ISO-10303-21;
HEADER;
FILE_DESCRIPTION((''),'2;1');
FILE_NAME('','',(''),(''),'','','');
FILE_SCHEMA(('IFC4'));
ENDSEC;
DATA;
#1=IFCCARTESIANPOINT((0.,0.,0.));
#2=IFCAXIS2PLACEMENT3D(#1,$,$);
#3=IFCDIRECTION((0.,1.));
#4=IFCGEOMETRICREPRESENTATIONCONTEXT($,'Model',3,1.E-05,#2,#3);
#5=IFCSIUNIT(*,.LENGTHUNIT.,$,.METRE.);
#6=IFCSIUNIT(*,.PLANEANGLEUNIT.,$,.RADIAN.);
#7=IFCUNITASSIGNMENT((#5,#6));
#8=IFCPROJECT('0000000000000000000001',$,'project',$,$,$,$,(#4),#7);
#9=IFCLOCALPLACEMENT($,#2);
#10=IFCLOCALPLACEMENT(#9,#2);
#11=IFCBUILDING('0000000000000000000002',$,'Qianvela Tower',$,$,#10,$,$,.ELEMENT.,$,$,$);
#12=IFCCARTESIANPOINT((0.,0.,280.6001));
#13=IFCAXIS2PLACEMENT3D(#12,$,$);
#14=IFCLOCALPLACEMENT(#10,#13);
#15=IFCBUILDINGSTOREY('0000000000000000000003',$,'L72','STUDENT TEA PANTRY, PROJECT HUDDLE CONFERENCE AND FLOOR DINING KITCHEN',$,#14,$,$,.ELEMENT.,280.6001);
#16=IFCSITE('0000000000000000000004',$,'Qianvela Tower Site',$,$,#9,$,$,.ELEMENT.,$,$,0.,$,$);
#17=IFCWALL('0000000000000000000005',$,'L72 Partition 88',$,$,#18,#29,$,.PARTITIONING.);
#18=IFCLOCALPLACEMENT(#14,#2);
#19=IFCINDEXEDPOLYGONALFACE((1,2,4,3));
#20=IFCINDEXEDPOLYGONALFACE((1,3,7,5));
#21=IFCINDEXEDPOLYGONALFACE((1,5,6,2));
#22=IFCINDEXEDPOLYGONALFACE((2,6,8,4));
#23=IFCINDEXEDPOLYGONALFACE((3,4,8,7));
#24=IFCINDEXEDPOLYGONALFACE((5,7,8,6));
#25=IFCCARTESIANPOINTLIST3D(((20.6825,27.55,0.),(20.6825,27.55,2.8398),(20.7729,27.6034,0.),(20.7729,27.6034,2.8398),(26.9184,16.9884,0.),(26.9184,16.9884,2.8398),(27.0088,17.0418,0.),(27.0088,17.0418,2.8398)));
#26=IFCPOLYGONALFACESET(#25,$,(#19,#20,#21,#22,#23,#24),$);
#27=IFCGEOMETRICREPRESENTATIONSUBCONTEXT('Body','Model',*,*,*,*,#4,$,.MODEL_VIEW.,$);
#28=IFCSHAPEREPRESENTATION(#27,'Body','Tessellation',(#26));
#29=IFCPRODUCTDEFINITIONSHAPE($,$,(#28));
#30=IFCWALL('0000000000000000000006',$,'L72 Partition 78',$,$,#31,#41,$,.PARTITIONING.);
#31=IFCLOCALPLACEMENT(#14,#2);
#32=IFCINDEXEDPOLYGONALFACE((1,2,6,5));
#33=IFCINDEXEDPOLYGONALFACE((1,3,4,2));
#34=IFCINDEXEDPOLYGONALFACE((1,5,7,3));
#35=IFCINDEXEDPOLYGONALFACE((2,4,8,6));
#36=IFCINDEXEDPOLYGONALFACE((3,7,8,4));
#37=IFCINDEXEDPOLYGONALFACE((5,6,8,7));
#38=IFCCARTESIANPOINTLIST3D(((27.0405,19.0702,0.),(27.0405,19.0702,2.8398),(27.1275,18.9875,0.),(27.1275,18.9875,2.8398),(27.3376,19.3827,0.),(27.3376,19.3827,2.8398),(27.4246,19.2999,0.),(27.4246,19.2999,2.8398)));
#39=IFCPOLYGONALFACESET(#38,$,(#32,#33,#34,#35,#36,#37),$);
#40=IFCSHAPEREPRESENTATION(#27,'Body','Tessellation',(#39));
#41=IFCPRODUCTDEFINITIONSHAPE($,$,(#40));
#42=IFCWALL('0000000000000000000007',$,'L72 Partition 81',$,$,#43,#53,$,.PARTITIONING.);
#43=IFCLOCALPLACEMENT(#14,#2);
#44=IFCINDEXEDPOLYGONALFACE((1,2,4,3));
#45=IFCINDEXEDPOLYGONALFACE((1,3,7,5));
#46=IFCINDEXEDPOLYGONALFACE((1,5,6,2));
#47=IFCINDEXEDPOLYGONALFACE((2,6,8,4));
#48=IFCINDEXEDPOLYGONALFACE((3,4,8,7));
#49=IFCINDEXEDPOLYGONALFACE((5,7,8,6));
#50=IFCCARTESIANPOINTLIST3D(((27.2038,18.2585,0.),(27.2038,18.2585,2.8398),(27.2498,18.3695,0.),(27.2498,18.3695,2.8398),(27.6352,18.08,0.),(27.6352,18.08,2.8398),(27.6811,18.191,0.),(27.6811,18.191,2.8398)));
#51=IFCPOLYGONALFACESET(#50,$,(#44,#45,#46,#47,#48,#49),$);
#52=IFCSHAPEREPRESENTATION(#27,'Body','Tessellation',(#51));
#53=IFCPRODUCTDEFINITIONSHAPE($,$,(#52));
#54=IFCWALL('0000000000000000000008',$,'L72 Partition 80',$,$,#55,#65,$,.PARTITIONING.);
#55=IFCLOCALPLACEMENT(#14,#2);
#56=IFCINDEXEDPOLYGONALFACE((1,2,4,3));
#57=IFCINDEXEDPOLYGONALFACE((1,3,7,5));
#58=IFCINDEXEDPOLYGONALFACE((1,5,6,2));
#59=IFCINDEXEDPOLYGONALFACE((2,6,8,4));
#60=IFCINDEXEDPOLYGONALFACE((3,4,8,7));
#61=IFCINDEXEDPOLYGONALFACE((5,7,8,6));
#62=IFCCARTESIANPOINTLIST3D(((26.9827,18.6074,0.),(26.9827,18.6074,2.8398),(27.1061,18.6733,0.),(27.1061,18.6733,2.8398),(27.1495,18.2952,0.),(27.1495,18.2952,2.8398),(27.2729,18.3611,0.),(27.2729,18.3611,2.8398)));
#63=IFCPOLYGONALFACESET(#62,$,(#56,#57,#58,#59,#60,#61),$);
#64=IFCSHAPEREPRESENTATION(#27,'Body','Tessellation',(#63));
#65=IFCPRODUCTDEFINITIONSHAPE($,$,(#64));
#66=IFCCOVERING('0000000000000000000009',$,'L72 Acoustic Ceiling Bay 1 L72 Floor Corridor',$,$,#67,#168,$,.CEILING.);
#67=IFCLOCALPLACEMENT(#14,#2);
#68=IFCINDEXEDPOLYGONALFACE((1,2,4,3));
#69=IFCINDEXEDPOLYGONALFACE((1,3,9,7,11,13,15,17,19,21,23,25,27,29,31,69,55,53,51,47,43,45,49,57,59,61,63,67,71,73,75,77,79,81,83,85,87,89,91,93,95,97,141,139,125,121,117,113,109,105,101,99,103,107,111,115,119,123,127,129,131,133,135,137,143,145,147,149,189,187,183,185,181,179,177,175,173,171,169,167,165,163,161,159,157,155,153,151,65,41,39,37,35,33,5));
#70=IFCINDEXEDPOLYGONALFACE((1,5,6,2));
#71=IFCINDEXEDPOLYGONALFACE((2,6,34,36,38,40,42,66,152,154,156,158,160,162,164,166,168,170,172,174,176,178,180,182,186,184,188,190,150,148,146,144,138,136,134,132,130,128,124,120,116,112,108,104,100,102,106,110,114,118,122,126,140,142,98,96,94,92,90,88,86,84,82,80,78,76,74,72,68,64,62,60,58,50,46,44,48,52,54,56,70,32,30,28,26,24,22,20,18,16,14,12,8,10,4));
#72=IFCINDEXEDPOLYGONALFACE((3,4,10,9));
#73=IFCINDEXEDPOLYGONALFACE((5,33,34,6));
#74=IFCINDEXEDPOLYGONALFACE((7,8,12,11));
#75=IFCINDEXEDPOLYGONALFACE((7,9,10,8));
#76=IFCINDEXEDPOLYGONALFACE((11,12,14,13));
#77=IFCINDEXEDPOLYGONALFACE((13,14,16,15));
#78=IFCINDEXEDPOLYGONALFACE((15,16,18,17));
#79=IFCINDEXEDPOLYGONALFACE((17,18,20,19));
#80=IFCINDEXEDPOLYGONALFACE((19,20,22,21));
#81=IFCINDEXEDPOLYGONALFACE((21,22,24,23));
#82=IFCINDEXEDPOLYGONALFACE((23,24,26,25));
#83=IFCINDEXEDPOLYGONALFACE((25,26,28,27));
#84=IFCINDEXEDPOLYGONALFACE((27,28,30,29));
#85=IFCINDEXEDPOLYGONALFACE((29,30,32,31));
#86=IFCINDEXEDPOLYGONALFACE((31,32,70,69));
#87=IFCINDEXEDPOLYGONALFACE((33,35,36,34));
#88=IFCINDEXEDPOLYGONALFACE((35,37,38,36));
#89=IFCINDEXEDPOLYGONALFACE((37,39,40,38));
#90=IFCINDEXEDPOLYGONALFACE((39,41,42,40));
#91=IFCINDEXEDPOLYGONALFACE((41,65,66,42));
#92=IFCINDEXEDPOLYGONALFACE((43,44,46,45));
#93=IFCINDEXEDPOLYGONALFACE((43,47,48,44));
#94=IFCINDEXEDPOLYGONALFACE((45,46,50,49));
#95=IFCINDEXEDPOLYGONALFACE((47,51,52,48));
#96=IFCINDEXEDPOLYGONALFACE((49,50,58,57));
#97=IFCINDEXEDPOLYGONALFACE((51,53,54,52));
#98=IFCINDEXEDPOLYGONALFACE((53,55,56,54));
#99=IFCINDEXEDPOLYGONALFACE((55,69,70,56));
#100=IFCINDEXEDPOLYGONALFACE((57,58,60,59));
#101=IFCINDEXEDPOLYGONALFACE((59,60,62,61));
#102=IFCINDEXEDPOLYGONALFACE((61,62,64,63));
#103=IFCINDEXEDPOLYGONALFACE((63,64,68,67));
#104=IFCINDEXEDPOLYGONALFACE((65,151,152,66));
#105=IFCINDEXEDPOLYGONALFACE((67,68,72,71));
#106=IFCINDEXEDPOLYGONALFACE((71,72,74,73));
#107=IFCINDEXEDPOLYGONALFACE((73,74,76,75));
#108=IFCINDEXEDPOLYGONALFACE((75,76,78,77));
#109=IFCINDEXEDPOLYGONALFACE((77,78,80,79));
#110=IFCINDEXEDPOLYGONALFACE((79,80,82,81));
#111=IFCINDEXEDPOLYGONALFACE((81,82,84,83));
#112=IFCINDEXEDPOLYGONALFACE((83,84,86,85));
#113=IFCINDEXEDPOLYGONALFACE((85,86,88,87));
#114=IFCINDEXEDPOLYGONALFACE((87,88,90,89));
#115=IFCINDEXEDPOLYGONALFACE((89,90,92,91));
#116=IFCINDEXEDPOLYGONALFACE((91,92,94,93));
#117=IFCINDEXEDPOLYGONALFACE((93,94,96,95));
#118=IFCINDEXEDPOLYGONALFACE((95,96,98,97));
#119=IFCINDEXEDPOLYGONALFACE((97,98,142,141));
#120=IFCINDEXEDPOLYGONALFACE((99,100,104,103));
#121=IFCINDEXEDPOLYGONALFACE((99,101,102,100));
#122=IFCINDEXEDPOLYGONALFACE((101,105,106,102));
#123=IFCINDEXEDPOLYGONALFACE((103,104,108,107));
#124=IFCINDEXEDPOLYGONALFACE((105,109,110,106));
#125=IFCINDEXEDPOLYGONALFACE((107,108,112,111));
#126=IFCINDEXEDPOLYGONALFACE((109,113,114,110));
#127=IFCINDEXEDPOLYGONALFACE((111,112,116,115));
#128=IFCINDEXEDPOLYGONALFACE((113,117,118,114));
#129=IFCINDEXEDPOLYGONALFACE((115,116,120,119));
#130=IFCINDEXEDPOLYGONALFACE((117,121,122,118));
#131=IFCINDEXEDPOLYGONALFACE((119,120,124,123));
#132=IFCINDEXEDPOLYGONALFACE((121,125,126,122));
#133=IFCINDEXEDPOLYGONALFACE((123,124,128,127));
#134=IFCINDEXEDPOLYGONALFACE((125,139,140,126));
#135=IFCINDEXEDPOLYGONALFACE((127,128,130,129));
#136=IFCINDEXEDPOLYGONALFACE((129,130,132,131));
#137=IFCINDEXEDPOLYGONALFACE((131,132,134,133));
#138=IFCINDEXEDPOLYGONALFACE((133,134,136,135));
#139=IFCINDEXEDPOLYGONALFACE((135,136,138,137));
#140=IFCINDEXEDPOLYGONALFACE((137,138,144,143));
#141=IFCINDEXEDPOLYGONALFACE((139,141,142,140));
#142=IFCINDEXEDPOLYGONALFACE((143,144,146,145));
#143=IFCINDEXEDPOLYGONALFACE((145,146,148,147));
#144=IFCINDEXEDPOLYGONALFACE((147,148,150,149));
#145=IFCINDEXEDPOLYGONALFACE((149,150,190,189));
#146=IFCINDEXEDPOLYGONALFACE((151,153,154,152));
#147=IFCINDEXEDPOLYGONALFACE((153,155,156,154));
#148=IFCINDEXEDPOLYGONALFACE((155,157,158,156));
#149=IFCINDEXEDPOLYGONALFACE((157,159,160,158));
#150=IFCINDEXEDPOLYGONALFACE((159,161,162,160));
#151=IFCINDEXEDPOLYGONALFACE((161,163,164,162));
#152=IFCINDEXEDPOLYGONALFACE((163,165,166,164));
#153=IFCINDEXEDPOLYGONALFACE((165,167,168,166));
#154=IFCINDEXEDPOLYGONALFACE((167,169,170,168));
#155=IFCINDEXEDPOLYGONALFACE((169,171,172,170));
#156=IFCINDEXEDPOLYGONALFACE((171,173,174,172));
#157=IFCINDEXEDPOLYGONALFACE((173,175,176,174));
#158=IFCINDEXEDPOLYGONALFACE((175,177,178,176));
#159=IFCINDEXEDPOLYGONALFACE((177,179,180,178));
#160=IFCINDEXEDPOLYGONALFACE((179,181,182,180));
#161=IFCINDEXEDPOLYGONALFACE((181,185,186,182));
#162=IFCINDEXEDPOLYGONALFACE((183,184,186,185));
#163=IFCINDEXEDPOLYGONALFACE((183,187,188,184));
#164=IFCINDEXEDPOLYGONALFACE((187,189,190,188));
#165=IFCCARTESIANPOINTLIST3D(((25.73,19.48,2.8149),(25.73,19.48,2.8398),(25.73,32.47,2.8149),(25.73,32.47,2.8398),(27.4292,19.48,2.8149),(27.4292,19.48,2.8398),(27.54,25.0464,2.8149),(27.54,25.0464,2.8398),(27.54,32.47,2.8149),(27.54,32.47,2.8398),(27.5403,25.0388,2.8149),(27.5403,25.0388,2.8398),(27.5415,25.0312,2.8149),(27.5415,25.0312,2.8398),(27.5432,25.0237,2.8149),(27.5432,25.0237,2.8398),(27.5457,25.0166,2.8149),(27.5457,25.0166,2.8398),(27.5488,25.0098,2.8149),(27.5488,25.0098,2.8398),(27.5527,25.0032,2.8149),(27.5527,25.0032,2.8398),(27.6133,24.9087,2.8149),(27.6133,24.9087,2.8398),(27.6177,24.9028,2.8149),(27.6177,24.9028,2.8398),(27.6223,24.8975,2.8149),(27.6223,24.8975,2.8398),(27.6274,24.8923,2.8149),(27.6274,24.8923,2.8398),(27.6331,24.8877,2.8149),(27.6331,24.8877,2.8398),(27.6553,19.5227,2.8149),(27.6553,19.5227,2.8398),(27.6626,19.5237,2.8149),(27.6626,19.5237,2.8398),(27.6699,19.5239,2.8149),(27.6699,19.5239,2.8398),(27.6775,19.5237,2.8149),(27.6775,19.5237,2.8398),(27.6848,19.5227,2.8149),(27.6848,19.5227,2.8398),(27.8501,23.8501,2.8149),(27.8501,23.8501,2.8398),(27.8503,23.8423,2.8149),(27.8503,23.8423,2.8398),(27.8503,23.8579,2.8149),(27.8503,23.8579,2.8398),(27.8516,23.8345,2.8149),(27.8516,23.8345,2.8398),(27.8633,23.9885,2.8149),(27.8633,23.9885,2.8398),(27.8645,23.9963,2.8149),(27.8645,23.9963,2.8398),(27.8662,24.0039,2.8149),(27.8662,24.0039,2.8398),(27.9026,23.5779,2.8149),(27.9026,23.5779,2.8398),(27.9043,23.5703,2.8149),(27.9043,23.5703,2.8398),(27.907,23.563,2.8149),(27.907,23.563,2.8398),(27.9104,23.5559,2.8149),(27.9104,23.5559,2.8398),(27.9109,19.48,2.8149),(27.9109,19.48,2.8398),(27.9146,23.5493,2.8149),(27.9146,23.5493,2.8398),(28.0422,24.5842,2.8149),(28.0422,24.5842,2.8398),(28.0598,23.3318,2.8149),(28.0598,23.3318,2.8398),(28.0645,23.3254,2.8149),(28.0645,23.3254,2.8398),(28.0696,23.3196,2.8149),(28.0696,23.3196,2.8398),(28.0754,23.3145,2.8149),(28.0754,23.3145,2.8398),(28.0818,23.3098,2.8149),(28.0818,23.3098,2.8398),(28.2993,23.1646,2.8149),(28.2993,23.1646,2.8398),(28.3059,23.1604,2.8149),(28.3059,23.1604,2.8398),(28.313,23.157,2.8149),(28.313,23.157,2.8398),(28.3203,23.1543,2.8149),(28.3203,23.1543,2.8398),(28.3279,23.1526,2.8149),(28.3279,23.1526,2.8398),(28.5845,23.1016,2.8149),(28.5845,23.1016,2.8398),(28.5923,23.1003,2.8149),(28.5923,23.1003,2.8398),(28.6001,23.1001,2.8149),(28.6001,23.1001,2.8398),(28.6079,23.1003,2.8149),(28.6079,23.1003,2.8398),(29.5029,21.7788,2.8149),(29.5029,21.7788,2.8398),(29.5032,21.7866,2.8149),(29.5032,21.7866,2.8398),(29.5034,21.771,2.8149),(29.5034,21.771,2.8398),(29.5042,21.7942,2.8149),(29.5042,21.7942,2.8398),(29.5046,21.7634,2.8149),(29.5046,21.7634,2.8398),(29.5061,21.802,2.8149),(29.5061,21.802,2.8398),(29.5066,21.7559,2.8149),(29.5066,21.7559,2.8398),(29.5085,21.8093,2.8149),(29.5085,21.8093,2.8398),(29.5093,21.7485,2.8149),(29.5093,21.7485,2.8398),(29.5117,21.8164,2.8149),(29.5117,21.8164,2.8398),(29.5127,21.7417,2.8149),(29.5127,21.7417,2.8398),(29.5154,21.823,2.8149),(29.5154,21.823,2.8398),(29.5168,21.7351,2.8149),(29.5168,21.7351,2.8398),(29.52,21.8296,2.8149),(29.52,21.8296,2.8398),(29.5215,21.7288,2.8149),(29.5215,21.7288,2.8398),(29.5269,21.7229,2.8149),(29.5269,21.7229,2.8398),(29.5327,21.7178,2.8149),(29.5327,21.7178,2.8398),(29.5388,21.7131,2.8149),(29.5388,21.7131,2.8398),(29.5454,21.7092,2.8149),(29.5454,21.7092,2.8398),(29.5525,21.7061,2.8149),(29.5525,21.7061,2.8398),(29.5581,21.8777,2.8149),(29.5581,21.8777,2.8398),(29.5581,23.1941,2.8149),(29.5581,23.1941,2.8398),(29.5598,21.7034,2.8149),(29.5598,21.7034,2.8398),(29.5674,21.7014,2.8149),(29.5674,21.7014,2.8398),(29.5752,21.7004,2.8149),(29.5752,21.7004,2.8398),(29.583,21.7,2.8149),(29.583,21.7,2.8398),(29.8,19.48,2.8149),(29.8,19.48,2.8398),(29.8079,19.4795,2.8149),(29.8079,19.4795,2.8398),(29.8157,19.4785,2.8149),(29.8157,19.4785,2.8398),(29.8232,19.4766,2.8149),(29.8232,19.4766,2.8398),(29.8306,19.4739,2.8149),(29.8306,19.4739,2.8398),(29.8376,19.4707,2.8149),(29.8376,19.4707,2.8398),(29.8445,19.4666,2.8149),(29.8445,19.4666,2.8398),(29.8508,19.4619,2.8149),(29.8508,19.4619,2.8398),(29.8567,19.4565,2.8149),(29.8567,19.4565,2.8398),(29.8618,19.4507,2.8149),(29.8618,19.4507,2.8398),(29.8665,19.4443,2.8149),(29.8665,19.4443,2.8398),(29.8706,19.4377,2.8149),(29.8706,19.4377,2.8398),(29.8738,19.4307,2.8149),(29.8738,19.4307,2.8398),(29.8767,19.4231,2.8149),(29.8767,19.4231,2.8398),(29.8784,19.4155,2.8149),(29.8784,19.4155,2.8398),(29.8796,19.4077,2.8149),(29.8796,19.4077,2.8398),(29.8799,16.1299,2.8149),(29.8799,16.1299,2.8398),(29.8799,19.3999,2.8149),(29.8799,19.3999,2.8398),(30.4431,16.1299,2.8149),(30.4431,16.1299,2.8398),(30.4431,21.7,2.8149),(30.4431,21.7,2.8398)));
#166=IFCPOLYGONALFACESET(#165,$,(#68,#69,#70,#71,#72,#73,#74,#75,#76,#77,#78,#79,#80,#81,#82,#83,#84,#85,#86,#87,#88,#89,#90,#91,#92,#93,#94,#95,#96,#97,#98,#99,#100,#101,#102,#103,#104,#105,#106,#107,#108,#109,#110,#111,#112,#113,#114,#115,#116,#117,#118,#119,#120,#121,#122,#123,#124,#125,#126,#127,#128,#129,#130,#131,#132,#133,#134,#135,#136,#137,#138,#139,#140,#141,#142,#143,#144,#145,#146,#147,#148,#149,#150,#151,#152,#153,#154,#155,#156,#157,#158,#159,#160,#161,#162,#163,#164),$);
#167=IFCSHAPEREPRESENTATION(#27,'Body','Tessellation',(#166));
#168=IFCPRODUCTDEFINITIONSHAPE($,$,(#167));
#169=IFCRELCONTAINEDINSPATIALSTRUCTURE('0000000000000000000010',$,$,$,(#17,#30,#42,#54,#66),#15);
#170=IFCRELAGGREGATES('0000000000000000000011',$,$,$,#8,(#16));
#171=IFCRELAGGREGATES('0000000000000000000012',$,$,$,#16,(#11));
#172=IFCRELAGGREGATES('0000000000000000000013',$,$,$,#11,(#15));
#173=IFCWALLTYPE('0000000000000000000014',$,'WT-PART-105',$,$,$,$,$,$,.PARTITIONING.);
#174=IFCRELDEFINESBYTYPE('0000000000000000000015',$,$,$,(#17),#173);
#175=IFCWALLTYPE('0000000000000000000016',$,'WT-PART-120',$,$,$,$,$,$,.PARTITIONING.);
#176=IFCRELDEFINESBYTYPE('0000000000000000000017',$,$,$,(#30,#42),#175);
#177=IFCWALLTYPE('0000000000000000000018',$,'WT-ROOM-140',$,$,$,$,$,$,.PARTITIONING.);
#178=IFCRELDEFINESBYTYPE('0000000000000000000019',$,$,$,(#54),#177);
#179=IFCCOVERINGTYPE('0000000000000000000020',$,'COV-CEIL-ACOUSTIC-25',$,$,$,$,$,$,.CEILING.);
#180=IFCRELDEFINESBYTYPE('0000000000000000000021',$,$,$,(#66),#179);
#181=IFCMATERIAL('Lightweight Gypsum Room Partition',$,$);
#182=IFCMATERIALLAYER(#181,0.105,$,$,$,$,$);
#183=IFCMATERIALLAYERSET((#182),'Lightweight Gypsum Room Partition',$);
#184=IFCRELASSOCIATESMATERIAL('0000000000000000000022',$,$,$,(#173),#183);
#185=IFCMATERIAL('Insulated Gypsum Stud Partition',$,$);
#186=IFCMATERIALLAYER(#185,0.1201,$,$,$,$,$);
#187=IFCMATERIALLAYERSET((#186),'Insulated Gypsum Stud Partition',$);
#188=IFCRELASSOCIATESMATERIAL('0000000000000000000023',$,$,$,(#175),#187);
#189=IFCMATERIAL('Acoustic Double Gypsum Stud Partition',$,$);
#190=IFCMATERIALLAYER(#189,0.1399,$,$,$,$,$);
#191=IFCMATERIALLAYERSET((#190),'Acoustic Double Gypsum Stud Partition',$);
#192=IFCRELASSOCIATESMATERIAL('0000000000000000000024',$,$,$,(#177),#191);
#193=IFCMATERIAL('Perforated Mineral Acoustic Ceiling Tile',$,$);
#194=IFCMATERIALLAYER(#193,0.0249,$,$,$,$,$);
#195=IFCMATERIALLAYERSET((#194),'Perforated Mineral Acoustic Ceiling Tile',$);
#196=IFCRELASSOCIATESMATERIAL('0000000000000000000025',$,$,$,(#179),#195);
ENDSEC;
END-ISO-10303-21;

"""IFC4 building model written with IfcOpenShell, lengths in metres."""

from ifc_helpers import new_model, si_unit, direction, frame, frame_2d, origin, place, context, subcontext, project, spatial, polyline, rectangle, outline, extrude, material, layer, layer_set, type_object, element, save


model = new_model("IFC4")

# Units and contexts
model_context = context("Model", 3, precision=1e-05, world=origin(), true_north=direction((0.0, 1.0)))
body_context = subcontext(model_context, "Body", "Model", "MODEL_VIEW")
ifc_project = project(units=[si_unit("LENGTHUNIT", "METRE"), si_unit("PLANEANGLEUNIT", "RADIAN")], contexts=[model_context])

# Site, building, storey
site_placement = place(None, origin())
site = spatial("IfcSite", under=ifc_project, at=site_placement, Name="Qianvela Tower Site", CompositionType="ELEMENT", RefElevation=0.0)
building_placement = place(site_placement, origin())
building = spatial("IfcBuilding", under=site, at=building_placement, Name="Qianvela Tower", CompositionType="ELEMENT")
storey_placement = place(building_placement, frame((0.0, 0.0, 280.6001)))
storey = spatial("IfcBuildingStorey", under=building, at=storey_placement, Name="L72", Description="STUDENT TEA PANTRY, PROJECT HUDDLE CONFERENCE AND FLOOR DINING KITCHEN", CompositionType="ELEMENT", Elevation=280.6001)

# Walls
ifc_material_1 = material(Name="Lightweight Gypsum Room Partition")
ifc_layer_1 = layer(ifc_material_1, 0.105)
ifc_layer_set_1 = layer_set([ifc_layer_1], Name="Lightweight Gypsum Room Partition")
wall_type_1 = type_object("IfcWallType", Name="WT-PART-105", PredefinedType="PARTITIONING", material=ifc_layer_set_1)
wall_1_placement = place(storey_placement, frame((26.9636, 17.0151, 0.0), z_axis=(0.0, 0.0, 1.0), x_axis=(-0.508423, 0.861107, 0.0)))
element("IfcWall", 1, at=wall_1_placement, inside=storey, type_object=wall_type_1, Name="L72 Partition 88", PredefinedType="PARTITIONING", context=body_context, shape_type="SweptSolid", body=[
    extrude(rectangle(XDim=12.2651, YDim=0.105, at=frame_2d((6.1326, 0.0))), origin(), (0.0, 0.0, 1.0), 2.8398),
])
ifc_material_2 = material(Name="Insulated Gypsum Stud Partition")
ifc_layer_2 = layer(ifc_material_2, 0.1201)
ifc_layer_set_2 = layer_set([ifc_layer_2], Name="Insulated Gypsum Stud Partition")
wall_type_2 = type_object("IfcWallType", Name="WT-PART-120", PredefinedType="PARTITIONING", material=ifc_layer_set_2)
wall_2_placement = place(storey_placement, frame((27.3811, 19.3413, 0.0), z_axis=(0.0, 0.0, 1.0), x_axis=(-0.689047, -0.724717, 0.0)))
element("IfcWall", 2, at=wall_2_placement, inside=storey, type_object=wall_type_2, Name="L72 Partition 78", PredefinedType="PARTITIONING", context=body_context, shape_type="SweptSolid", body=[
    extrude(rectangle(XDim=0.4312, YDim=0.1201, at=frame_2d((0.2156, 0.0))), origin(), (0.0, 0.0, 1.0), 2.8398),
])
wall_3_placement = place(storey_placement, frame((27.2268, 18.314, 0.0), z_axis=(0.0, 0.0, 1.0), x_axis=(0.924049, -0.382275, 0.0)))
element("IfcWall", 3, at=wall_3_placement, inside=storey, type_object=wall_type_2, Name="L72 Partition 81", PredefinedType="PARTITIONING", context=body_context, shape_type="SweptSolid", body=[
    extrude(rectangle(XDim=0.4668, YDim=0.1201, at=frame_2d((0.2334, 0.0))), origin(), (0.0, 0.0, 1.0), 2.8398),
])
ifc_material_3 = material(Name="Acoustic Double Gypsum Stud Partition")
ifc_layer_3 = layer(ifc_material_3, 0.1399)
ifc_layer_set_3 = layer_set([ifc_layer_3], Name="Acoustic Double Gypsum Stud Partition")
wall_type_3 = type_object("IfcWallType", Name="WT-ROOM-140", PredefinedType="PARTITIONING", material=ifc_layer_set_3)
wall_4_placement = place(storey_placement, frame((27.0444, 18.6404, 0.0), z_axis=(0.0, 0.0, 1.0), x_axis=(0.471054, -0.882105, 0.0)))
element("IfcWall", 4, at=wall_4_placement, inside=storey, type_object=wall_type_3, Name="L72 Partition 80", PredefinedType="PARTITIONING", context=body_context, shape_type="SweptSolid", body=[
    extrude(rectangle(XDim=0.354, YDim=0.1399, at=frame_2d((0.177, 0.0))), origin(), (0.0, 0.0, 1.0), 2.8398),
])

# Covering
ifc_material_4 = material(Name="Perforated Mineral Acoustic Ceiling Tile")
ifc_layer_4 = layer(ifc_material_4, 0.0249)
ifc_layer_set_4 = layer_set([ifc_layer_4], Name="Perforated Mineral Acoustic Ceiling Tile")
covering_type_1 = type_object("IfcCoveringType", Name="COV-CEIL-ACOUSTIC-25", PredefinedType="CEILING", material=ifc_layer_set_4)
covering_1_placement = place(storey_placement, frame((0.0, 0.0, 2.8149)))
element("IfcCovering", 5, at=covering_1_placement, inside=storey, type_object=covering_type_1, Name="L72 Acoustic Ceiling Bay 1 L72 Floor Corridor", PredefinedType="CEILING", context=body_context, shape_type="SweptSolid", body=[
    extrude(outline(polyline([(27.8501, 23.8501), (27.8503, 23.8423), (27.8516, 23.8345), (27.9026, 23.5779), (27.9043, 23.5703), (27.907, 23.563), (27.9104, 23.5559), (27.9146, 23.5493), (28.0598, 23.3318), (28.0645, 23.3254), (28.0696, 23.3196), (28.0754, 23.3145), (28.0818, 23.3098), (28.2993, 23.1646), (28.3059, 23.1604), (28.313, 23.157), (28.3203, 23.1543), (28.3279, 23.1526), (28.5845, 23.1016), (28.5923, 23.1003), (28.6001, 23.1001), (28.6079, 23.1003), (29.5581, 23.1941), (29.5581, 21.8777), (29.52, 21.8296), (29.5154, 21.823), (29.5117, 21.8164), (29.5085, 21.8093), (29.5061, 21.802), (29.5042, 21.7942), (29.5032, 21.7866), (29.5029, 21.7788), (29.5034, 21.771), (29.5046, 21.7634), (29.5066, 21.7559), (29.5093, 21.7485), (29.5127, 21.7417), (29.5168, 21.7351), (29.5215, 21.7288), (29.5269, 21.7229), (29.5327, 21.7178), (29.5388, 21.7131), (29.5454, 21.7092), (29.5525, 21.7061), (29.5598, 21.7034), (29.5674, 21.7014), (29.5752, 21.7004), (29.583, 21.7), (30.4431, 21.7), (30.4431, 16.1299), (29.8799, 16.1299), (29.8799, 19.3999), (29.8796, 19.4077), (29.8784, 19.4155), (29.8767, 19.4231), (29.8738, 19.4307), (29.8706, 19.4377), (29.8665, 19.4443), (29.8618, 19.4507), (29.8567, 19.4565), (29.8508, 19.4619), (29.8445, 19.4666), (29.8376, 19.4707), (29.8306, 19.4739), (29.8232, 19.4766), (29.8157, 19.4785), (29.8079, 19.4795), (29.8, 19.48), (27.9109, 19.48), (27.6848, 19.5227), (27.6775, 19.5237), (27.6699, 19.5239), (27.6626, 19.5237), (27.6553, 19.5227), (27.4292, 19.48), (25.73, 19.48), (25.73, 32.47), (27.54, 32.47), (27.54, 25.0464), (27.5403, 25.0388), (27.5415, 25.0312), (27.5432, 25.0237), (27.5457, 25.0166), (27.5488, 25.0098), (27.5527, 25.0032), (27.6133, 24.9087), (27.6177, 24.9028), (27.6223, 24.8975), (27.6274, 24.8923), (27.6331, 24.8877), (28.0422, 24.5842), (27.8662, 24.0039), (27.8645, 23.9963), (27.8633, 23.9885), (27.8503, 23.8579), (27.8501, 23.8501)])), origin(), (0.0, 0.0, 1.0), 0.0249),
])

save(model, "model.ifc")
